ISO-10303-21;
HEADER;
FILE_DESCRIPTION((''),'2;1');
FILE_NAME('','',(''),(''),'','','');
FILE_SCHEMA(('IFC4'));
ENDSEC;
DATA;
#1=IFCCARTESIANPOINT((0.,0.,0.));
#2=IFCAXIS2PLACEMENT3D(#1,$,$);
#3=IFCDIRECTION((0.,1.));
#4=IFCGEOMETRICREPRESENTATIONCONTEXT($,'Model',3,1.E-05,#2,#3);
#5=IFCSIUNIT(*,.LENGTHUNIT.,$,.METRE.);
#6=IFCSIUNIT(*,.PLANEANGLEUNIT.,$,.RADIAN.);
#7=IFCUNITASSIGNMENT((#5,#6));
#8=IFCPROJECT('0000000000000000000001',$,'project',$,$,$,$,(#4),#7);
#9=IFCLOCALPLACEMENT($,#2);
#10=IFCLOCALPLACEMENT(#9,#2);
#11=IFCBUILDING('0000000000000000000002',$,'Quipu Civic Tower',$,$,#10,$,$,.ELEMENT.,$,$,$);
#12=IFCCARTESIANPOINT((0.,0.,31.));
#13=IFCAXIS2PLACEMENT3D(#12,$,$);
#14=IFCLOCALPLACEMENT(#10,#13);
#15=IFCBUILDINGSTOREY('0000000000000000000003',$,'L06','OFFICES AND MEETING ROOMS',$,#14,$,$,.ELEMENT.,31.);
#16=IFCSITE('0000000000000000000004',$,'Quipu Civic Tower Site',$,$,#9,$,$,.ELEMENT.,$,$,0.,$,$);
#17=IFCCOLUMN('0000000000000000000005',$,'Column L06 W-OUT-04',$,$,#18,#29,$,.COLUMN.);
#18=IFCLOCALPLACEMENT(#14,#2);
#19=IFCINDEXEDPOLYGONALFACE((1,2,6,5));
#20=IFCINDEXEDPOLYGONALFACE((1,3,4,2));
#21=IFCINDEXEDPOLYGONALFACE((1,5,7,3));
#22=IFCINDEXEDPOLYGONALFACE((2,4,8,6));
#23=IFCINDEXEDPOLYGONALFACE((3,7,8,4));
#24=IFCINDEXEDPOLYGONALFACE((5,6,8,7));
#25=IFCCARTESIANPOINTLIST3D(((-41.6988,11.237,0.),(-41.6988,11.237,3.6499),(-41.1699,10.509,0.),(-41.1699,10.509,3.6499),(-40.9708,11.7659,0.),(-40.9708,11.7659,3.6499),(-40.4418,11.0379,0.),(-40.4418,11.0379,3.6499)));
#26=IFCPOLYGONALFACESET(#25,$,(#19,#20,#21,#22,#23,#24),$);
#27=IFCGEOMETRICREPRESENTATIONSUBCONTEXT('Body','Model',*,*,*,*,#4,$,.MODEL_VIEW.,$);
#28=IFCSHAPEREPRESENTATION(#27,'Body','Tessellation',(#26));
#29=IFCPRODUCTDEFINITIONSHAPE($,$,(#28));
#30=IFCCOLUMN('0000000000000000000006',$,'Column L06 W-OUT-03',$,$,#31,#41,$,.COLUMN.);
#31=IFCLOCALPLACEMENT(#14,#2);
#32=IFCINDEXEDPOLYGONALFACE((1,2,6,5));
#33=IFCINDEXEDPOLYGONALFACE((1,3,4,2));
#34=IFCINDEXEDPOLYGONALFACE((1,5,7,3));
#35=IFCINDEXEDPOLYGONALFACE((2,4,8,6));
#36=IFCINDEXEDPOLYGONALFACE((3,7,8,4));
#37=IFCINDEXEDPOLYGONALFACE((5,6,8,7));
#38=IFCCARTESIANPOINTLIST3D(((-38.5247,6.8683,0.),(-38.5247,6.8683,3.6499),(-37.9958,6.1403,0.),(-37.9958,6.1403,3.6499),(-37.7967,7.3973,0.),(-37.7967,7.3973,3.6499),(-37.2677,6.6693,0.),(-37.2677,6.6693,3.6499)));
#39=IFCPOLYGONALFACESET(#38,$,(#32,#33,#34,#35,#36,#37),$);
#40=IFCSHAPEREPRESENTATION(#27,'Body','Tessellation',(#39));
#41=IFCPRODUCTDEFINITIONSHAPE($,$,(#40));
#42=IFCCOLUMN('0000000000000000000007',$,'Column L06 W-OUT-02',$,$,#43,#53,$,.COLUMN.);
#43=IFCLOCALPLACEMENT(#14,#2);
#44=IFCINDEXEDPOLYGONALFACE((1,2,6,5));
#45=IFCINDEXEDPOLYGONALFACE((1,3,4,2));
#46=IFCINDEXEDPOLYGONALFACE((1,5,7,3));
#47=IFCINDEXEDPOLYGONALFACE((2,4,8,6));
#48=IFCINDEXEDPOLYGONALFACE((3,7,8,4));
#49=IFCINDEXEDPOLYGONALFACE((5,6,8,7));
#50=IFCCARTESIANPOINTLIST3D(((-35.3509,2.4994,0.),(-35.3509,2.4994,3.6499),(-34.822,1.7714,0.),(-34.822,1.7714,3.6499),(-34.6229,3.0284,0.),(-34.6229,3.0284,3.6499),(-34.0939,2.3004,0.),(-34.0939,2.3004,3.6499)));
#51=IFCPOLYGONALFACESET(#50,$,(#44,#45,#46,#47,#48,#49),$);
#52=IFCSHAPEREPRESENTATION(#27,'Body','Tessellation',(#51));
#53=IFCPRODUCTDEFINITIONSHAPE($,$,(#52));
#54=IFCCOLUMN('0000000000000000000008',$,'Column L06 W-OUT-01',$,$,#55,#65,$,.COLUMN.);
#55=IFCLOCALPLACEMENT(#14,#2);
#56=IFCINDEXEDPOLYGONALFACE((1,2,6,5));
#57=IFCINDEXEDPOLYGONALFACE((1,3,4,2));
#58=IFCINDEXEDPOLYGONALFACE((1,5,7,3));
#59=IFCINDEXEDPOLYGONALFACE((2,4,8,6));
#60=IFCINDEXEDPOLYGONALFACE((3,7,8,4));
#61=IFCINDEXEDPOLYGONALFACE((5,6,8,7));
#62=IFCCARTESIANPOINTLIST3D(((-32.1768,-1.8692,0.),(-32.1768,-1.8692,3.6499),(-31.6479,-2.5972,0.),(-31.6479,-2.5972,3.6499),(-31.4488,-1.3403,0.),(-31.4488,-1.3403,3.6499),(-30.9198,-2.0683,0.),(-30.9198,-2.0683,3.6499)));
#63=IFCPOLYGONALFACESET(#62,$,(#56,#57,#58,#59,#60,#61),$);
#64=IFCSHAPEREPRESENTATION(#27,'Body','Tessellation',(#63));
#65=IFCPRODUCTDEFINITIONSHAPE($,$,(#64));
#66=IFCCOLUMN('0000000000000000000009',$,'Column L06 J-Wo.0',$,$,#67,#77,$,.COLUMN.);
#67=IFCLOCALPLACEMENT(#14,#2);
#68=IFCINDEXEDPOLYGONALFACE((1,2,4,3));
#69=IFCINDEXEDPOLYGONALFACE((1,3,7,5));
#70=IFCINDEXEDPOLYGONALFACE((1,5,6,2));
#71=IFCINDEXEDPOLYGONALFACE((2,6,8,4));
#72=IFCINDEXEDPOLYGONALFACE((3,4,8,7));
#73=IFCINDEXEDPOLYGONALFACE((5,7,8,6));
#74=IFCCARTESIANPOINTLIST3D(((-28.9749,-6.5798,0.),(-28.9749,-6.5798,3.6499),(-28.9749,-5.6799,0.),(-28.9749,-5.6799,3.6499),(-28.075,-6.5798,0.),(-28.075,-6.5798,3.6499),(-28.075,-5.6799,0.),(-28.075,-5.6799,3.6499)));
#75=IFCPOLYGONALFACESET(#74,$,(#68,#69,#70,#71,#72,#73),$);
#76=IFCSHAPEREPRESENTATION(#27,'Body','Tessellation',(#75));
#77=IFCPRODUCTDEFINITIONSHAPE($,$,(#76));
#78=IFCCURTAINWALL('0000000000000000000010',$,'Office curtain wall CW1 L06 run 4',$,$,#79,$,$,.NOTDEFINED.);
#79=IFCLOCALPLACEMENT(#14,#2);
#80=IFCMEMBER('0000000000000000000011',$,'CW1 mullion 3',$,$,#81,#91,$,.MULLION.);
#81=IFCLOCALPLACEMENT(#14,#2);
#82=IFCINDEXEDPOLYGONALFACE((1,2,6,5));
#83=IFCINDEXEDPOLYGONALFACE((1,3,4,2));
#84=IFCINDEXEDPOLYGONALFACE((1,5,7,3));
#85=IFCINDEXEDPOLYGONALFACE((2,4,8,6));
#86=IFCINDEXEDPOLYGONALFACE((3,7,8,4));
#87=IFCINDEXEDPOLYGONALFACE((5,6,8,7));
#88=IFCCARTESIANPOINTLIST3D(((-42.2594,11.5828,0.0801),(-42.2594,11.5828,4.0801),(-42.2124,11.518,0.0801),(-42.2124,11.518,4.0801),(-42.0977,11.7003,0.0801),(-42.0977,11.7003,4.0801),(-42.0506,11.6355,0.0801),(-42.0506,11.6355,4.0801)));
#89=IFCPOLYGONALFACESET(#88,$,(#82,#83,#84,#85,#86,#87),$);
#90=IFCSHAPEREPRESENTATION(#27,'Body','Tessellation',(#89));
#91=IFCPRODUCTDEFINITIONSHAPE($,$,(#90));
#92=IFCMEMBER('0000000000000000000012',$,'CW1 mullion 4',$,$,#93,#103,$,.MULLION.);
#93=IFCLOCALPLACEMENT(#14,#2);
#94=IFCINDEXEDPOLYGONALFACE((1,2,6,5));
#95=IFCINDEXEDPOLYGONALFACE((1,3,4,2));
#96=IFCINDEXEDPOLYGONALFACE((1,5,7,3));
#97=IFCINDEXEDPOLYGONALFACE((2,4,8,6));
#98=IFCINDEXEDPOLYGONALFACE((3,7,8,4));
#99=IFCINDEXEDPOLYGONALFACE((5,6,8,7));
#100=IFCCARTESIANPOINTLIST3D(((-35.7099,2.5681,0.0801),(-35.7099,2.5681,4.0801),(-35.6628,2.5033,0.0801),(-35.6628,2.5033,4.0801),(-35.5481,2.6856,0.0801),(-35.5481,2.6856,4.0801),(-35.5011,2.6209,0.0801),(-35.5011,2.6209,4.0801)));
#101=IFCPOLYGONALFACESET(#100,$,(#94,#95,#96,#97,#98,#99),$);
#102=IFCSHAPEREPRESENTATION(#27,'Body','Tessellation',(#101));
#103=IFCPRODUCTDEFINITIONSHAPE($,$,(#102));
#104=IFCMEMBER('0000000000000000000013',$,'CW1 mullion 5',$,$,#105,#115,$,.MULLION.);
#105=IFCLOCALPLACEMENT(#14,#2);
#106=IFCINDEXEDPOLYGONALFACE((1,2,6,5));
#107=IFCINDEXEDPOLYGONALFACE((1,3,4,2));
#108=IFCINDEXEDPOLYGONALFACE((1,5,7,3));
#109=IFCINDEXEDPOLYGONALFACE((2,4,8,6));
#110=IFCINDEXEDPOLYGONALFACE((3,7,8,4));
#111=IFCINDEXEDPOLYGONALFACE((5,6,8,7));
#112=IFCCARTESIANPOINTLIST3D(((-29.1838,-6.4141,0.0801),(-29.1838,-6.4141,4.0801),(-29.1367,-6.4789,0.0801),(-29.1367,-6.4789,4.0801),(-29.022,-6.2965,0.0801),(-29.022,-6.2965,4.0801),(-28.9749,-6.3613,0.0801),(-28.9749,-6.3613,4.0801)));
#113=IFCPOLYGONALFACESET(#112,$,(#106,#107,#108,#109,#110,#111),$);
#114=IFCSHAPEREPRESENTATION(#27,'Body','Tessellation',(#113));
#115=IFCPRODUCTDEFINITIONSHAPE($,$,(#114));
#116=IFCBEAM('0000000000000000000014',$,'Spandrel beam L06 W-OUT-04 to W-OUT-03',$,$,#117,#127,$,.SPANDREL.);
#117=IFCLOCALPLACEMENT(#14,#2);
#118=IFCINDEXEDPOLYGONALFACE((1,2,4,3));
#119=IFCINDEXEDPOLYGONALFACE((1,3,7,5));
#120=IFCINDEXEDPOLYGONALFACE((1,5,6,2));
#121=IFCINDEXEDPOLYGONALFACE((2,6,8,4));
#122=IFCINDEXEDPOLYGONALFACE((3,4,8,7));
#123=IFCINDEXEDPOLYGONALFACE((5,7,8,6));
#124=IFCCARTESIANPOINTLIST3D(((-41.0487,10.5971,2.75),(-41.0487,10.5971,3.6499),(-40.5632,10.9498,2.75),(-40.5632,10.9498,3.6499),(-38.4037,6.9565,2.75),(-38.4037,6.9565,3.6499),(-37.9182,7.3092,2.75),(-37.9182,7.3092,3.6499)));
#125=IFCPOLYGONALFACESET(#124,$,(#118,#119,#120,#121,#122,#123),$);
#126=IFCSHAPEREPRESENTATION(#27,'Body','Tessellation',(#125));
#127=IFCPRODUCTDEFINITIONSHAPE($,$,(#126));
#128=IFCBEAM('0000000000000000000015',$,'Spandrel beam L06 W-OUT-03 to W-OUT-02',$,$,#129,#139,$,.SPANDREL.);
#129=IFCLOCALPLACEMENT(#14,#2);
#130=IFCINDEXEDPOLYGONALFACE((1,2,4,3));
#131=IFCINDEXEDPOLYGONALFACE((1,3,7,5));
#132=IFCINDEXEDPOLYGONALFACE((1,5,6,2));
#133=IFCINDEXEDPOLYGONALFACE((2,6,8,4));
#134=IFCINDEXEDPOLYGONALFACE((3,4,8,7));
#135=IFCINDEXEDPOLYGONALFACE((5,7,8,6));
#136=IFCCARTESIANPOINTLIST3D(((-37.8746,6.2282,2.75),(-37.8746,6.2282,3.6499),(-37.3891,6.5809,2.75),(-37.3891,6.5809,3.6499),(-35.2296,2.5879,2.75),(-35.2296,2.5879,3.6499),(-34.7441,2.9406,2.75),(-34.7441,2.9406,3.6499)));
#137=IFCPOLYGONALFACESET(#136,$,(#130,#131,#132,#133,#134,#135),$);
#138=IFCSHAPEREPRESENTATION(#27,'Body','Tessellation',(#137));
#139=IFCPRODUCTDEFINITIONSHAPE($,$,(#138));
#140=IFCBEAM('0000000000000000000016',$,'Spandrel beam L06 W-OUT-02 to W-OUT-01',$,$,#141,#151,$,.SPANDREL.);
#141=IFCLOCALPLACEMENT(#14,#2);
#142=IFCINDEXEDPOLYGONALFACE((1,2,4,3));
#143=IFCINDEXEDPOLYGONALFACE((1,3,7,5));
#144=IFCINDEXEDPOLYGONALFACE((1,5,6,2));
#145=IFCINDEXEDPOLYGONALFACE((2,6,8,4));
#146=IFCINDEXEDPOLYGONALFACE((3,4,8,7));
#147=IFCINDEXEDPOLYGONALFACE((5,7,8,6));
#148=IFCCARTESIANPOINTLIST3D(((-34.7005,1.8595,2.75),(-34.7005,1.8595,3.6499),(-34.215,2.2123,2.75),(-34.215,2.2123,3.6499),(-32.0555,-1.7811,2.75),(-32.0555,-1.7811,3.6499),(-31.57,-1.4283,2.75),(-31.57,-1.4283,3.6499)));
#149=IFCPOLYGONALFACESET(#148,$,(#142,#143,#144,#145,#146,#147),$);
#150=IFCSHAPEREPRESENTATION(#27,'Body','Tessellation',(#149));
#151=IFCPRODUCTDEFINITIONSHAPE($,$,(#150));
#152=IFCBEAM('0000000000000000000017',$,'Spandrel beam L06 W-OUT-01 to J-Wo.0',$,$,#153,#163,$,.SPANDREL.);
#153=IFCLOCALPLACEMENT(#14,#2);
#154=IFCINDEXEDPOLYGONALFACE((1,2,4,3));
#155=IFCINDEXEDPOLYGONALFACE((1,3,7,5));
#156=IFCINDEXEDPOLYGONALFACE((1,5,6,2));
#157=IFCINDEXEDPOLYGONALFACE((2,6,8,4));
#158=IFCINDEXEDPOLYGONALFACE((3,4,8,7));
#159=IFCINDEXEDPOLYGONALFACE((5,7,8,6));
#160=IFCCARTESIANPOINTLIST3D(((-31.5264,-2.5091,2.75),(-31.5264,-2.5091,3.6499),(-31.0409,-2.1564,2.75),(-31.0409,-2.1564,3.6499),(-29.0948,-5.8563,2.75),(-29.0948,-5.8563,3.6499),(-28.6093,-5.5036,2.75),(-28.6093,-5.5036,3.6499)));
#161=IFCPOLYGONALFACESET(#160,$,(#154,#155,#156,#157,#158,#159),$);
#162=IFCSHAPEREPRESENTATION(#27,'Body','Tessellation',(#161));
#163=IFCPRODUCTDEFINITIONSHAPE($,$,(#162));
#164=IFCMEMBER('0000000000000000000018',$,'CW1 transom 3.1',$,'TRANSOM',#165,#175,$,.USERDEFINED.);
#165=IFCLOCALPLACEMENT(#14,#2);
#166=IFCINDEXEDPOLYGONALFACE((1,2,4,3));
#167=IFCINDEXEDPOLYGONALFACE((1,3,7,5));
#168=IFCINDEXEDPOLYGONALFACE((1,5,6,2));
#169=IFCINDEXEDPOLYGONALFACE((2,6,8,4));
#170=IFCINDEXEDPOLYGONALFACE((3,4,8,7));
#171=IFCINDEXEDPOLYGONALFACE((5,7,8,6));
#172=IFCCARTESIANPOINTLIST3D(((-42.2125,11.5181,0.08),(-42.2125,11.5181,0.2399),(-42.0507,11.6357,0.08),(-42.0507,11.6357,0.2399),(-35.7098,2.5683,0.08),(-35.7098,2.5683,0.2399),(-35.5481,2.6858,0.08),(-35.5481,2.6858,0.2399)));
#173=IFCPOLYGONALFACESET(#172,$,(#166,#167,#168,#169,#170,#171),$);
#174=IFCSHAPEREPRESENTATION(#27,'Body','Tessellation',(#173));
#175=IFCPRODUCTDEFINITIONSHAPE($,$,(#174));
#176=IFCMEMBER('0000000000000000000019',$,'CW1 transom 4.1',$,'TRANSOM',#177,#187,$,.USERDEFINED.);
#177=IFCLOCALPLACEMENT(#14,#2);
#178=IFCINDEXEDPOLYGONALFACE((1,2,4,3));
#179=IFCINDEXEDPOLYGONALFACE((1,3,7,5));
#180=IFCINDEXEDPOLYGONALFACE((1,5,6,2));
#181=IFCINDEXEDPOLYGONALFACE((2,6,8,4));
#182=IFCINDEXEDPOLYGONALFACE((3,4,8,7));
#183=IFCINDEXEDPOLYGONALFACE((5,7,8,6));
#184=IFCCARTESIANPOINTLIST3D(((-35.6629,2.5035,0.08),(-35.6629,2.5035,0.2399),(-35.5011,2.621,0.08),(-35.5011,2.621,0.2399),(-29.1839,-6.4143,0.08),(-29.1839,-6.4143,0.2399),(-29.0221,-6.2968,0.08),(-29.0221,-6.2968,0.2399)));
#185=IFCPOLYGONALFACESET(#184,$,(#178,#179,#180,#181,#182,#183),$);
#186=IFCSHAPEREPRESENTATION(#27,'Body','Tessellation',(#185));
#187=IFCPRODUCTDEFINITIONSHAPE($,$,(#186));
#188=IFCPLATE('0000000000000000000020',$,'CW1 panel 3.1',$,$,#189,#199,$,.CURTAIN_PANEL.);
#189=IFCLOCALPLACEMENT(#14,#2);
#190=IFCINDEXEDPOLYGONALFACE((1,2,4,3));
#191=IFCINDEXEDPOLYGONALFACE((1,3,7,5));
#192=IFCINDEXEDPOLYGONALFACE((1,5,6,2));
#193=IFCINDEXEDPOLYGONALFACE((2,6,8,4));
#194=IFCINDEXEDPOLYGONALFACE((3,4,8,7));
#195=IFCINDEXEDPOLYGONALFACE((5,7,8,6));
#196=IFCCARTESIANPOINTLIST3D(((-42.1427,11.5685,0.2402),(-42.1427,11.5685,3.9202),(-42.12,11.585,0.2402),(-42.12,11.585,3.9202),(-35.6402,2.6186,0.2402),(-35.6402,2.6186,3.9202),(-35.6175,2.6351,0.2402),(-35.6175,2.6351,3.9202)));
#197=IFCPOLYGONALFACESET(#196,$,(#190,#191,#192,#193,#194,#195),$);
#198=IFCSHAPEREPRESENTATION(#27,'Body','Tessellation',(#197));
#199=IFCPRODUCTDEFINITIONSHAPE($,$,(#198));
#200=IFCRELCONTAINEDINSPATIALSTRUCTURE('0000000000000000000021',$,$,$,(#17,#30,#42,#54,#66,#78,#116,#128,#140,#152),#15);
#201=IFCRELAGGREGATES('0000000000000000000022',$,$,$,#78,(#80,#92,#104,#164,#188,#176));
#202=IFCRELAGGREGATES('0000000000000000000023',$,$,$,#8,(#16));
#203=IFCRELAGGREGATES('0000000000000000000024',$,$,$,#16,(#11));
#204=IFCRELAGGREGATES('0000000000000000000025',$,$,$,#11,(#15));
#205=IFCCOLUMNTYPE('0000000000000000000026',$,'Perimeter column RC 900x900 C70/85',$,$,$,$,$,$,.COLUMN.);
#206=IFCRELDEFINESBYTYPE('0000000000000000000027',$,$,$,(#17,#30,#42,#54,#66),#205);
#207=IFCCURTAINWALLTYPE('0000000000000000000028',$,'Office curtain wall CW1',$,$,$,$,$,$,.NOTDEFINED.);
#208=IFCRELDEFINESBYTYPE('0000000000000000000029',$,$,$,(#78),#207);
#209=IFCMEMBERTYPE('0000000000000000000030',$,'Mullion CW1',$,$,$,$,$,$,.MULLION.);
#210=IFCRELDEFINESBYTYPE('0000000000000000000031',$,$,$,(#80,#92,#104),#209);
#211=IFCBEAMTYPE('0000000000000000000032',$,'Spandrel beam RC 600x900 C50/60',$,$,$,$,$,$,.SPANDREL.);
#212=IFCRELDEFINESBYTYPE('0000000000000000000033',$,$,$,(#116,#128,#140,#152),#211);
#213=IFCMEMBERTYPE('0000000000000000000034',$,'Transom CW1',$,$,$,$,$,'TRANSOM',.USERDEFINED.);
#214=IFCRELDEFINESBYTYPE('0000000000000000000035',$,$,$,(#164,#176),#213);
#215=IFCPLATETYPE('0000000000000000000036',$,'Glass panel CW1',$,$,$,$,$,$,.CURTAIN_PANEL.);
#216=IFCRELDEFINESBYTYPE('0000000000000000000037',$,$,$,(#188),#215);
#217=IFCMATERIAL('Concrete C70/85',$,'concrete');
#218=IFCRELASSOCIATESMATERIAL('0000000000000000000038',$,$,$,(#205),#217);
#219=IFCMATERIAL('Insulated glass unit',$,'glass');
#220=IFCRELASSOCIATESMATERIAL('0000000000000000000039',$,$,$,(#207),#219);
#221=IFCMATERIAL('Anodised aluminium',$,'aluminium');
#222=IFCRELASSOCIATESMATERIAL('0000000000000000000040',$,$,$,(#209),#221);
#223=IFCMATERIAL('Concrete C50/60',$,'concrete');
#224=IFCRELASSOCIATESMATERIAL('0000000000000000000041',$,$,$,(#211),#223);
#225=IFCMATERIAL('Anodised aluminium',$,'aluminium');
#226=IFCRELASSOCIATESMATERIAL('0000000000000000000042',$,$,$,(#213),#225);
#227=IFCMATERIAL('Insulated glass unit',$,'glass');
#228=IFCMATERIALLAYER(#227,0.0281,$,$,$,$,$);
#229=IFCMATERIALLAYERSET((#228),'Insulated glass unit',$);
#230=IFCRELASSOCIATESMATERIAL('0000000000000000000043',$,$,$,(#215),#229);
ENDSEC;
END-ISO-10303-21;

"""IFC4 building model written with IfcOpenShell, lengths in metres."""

from ifc_helpers import new_model, si_unit, direction, frame, origin, origin_2d, place, context, subcontext, project, spatial, rectangle, extrude, material, layer, layer_set, material_profile, profile_set, type_object, element, aggregate, save


model = new_model("IFC4")

# Units and contexts
model_context = context("Model", 3, precision=1e-05, world=origin(), true_north=direction((0.0, 1.0)))
body_context = subcontext(model_context, "Body", "Model", "MODEL_VIEW")
ifc_project = project(units=[si_unit("LENGTHUNIT", "METRE"), si_unit("PLANEANGLEUNIT", "RADIAN")], contexts=[model_context])

# Site, building, storey
site_placement = place(None, origin())
site = spatial("IfcSite", under=ifc_project, at=site_placement, Name="Quipu Civic Tower Site", CompositionType="ELEMENT", RefElevation=0.0)
building_placement = place(site_placement, origin())
building = spatial("IfcBuilding", under=site, at=building_placement, Name="Quipu Civic Tower", CompositionType="ELEMENT")
storey_placement = place(building_placement, frame((0.0, 0.0, 31.0)))
storey = spatial("IfcBuildingStorey", under=building, at=storey_placement, Name="L06", Description="OFFICES AND MEETING ROOMS", CompositionType="ELEMENT", Elevation=31.0)

# Columns
ifc_material_1 = material(Name="Concrete C70/85", Category="concrete")
ifc_material_profile_1 = material_profile(ifc_material_1, rectangle(XDim=0.8999, YDim=0.8999, at=origin_2d()), Name="RC900x900")
ifc_profile_set_1 = profile_set([ifc_material_profile_1], Name="Concrete C70/85")
column_type = type_object("IfcColumnType", Name="Perimeter column RC 900x900 C70/85", PredefinedType="COLUMN", material=ifc_profile_set_1)
for number, where, z_axis, x_axis, name in (
    (1, (-41.0703, 11.1375, 0.0), (0.0, 0.0, 1.0), (0.587785, -0.809017, 0.0), "Column L06 W-OUT-04"),
    (2, (-37.8962, 6.7688, 0.0), (0.0, 0.0, 1.0), (0.587785, -0.809017, 0.0), "Column L06 W-OUT-03"),
    (3, (-34.7224, 2.3999, 0.0), (0.0, 0.0, 1.0), (0.587785, -0.809017, 0.0), "Column L06 W-OUT-02"),
    (4, (-31.5483, -1.9688, 0.0), (0.0, 0.0, 1.0), (0.587785, -0.809017, 0.0), "Column L06 W-OUT-01"),
    (5, (-28.5249, -6.1299, 0.0), (0.0, 0.0, 1.0), (1.0, 0.0, 0.0), "Column L06 J-Wo.0"),
):
    element("IfcColumn", number, at=place(storey_placement, frame(where, z_axis=z_axis, x_axis=x_axis)), inside=storey, type_object=column_type, Name=name, PredefinedType="COLUMN", context=body_context, shape_type="SweptSolid", body=[
        extrude(rectangle(XDim=0.8999, YDim=0.8999, at=origin_2d()), origin(), (0.0, 0.0, 1.0), 3.6499),
    ])

# Curtain wall, members
ifc_material_2 = material(Name="Insulated glass unit", Category="glass")
curtain_wall_type = type_object("IfcCurtainWallType", Name="Office curtain wall CW1", PredefinedType="NOTDEFINED", material=ifc_material_2)
curtain_wall_placement = place(storey_placement, origin())
curtain_wall = element("IfcCurtainWall", 6, at=curtain_wall_placement, inside=storey, type_object=curtain_wall_type, Name="Office curtain wall CW1 L06 run 4", PredefinedType="NOTDEFINED")
ifc_material_3 = material(Name="Anodised aluminium", Category="aluminium")
ifc_material_profile_2 = material_profile(ifc_material_3, rectangle(XDim=0.2, YDim=0.0801, at=origin_2d()), Name="RECT 200x80")
ifc_profile_set_2 = profile_set([ifc_material_profile_2], Name="Anodised aluminium")
member_type_1 = type_object("IfcMemberType", Name="Mullion CW1", PredefinedType="MULLION", material=ifc_profile_set_2)
member_1_placement = place(storey_placement, frame((-42.155, 11.6091, 0.0801), z_axis=(0.0, 0.0, 1.0), x_axis=(0.809017, 0.587786, 0.0)))
member_1 = element("IfcMember", 7, at=member_1_placement, type_object=member_type_1, Name="CW1 mullion 3", PredefinedType="MULLION", context=body_context, shape_type="SweptSolid", body=[
    extrude(rectangle(XDim=0.2, YDim=0.0801, at=origin_2d()), origin(), (0.0, 0.0, 1.0), 4.0),
])
member_2_placement = place(storey_placement, frame((-35.6055, 2.5945, 0.0801), z_axis=(0.0, 0.0, 1.0), x_axis=(0.809017, 0.587786, 0.0)))
member_2 = element("IfcMember", 8, at=member_2_placement, type_object=member_type_1, Name="CW1 mullion 4", PredefinedType="MULLION", context=body_context, shape_type="SweptSolid", body=[
    extrude(rectangle(XDim=0.2, YDim=0.0801, at=origin_2d()), origin(), (0.0, 0.0, 1.0), 4.0),
])
member_3_placement = place(storey_placement, frame((-29.0793, -6.3877, 0.0801), z_axis=(0.0, 0.0, 1.0), x_axis=(0.809017, 0.587786, 0.0)))
member_3 = element("IfcMember", 9, at=member_3_placement, type_object=member_type_1, Name="CW1 mullion 5", PredefinedType="MULLION", context=body_context, shape_type="SweptSolid", body=[
    extrude(rectangle(XDim=0.2, YDim=0.0801, at=origin_2d()), origin(), (0.0, 0.0, 1.0), 4.0),
])

# Beams
ifc_material_4 = material(Name="Concrete C50/60", Category="concrete")
ifc_material_profile_3 = material_profile(ifc_material_4, rectangle(XDim=0.6001, YDim=0.8999, at=origin_2d()), Name="RC600x900")
ifc_profile_set_3 = profile_set([ifc_material_profile_3], Name="Concrete C50/60")
beam_type = type_object("IfcBeamType", Name="Spandrel beam RC 600x900 C50/60", PredefinedType="SPANDREL", material=ifc_profile_set_3)
beam_1_placement = place(storey_placement, frame((-40.8059, 10.7734, 3.2), z_axis=(0.587778, -0.809022, 0.0), x_axis=(0.809022, 0.587778, 0.0)))
element("IfcBeam", 10, at=beam_1_placement, inside=storey, type_object=beam_type, Name="Spandrel beam L06 W-OUT-04 to W-OUT-03", PredefinedType="SPANDREL", context=body_context, shape_type="SweptSolid", body=[
    extrude(rectangle(XDim=0.6001, YDim=0.8999, at=origin_2d()), origin(), (0.0, 0.0, 1.0), 4.5),
])
beam_2_placement = place(storey_placement, frame((-37.6318, 6.4045, 3.2), z_axis=(0.587804, -0.809003, 0.0), x_axis=(0.809003, 0.587804, 0.0)))
element("IfcBeam", 11, at=beam_2_placement, inside=storey, type_object=beam_type, Name="Spandrel beam L06 W-OUT-03 to W-OUT-02", PredefinedType="SPANDREL", context=body_context, shape_type="SweptSolid", body=[
    extrude(rectangle(XDim=0.6001, YDim=0.8999, at=origin_2d()), origin(), (0.0, 0.0, 1.0), 4.4998),
])
beam_3_placement = place(storey_placement, frame((-34.4578, 2.0359, 3.2), z_axis=(0.587778, -0.809022, 0.0), x_axis=(0.809022, 0.587778, 0.0)))
element("IfcBeam", 12, at=beam_3_placement, inside=storey, type_object=beam_type, Name="Spandrel beam L06 W-OUT-02 to W-OUT-01", PredefinedType="SPANDREL", context=body_context, shape_type="SweptSolid", body=[
    extrude(rectangle(XDim=0.6001, YDim=0.8999, at=origin_2d()), origin(), (0.0, 0.0, 1.0), 4.5),
])
beam_4_placement = place(storey_placement, frame((-31.2837, -2.3328, 3.2), z_axis=(0.587751, -0.809042, 0.0), x_axis=(0.809042, 0.587751, 0.0)))
element("IfcBeam", 13, at=beam_4_placement, inside=storey, type_object=beam_type, Name="Spandrel beam L06 W-OUT-01 to J-Wo.0", PredefinedType="SPANDREL", context=body_context, shape_type="SweptSolid", body=[
    extrude(rectangle(XDim=0.6001, YDim=0.8999, at=origin_2d()), origin(), (0.0, 0.0, 1.0), 4.1372),
])

# Members
ifc_material_5 = material(Name="Anodised aluminium", Category="aluminium")
ifc_material_profile_4 = material_profile(ifc_material_5, rectangle(XDim=0.2, YDim=0.1599, at=origin_2d()), Name="RECT 200x160")
ifc_profile_set_4 = profile_set([ifc_material_profile_4], Name="Anodised aluminium")
member_type_2 = type_object("IfcMemberType", Name="Transom CW1", ElementType="TRANSOM", PredefinedType="USERDEFINED", material=ifc_profile_set_4)
member_4_placement = place(storey_placement, frame((-42.1316, 11.5769, 0.1599), z_axis=(0.587795, -0.80901, 0.0), x_axis=(0.80901, 0.587795, 0.0)))
member_4 = element("IfcMember", 14, at=member_4_placement, type_object=member_type_2, Name="CW1 transom 3.1", ObjectType="TRANSOM", PredefinedType="USERDEFINED", context=body_context, shape_type="SweptSolid", body=[
    extrude(rectangle(XDim=0.2, YDim=0.1599, at=origin_2d()), origin(), (0.0, 0.0, 1.0), 11.0627),
])
member_5_placement = place(storey_placement, frame((-35.582, 2.5623, 0.1599), z_axis=(0.587779, -0.809021, 0.0), x_axis=(0.809021, 0.587779, 0.0)))
member_5 = element("IfcMember", 15, at=member_5_placement, type_object=member_type_2, Name="CW1 transom 4.1", ObjectType="TRANSOM", PredefinedType="USERDEFINED", context=body_context, shape_type="SweptSolid", body=[
    extrude(rectangle(XDim=0.2, YDim=0.1599, at=origin_2d()), origin(), (0.0, 0.0, 1.0), 11.0229),
])

# Plate
ifc_material_6 = material(Name="Insulated glass unit", Category="glass")
ifc_layer_1 = layer(ifc_material_6, 0.0281)
ifc_layer_set_1 = layer_set([ifc_layer_1], Name="Insulated glass unit")
plate_type_1 = type_object("IfcPlateType", Name="Glass panel CW1", PredefinedType="CURTAIN_PANEL", material=ifc_layer_set_1)
plate_1_placement = place(storey_placement, frame((-38.8801, 7.1018, 0.2402), z_axis=(0.0, 0.0, 1.0), x_axis=(0.587786, -0.809017, 0.0)))
plate_1 = element("IfcPlate", 16, at=plate_1_placement, type_object=plate_type_1, Name="CW1 panel 3.1", PredefinedType="CURTAIN_PANEL", context=body_context, shape_type="SweptSolid", body=[
    extrude(rectangle(XDim=11.0627, YDim=0.0281, at=origin_2d()), origin(), (0.0, 0.0, 1.0), 3.6799),
])
aggregate(curtain_wall, [member_1, member_2, member_3, member_4, plate_1, member_5])

save(model, "model.ifc")
